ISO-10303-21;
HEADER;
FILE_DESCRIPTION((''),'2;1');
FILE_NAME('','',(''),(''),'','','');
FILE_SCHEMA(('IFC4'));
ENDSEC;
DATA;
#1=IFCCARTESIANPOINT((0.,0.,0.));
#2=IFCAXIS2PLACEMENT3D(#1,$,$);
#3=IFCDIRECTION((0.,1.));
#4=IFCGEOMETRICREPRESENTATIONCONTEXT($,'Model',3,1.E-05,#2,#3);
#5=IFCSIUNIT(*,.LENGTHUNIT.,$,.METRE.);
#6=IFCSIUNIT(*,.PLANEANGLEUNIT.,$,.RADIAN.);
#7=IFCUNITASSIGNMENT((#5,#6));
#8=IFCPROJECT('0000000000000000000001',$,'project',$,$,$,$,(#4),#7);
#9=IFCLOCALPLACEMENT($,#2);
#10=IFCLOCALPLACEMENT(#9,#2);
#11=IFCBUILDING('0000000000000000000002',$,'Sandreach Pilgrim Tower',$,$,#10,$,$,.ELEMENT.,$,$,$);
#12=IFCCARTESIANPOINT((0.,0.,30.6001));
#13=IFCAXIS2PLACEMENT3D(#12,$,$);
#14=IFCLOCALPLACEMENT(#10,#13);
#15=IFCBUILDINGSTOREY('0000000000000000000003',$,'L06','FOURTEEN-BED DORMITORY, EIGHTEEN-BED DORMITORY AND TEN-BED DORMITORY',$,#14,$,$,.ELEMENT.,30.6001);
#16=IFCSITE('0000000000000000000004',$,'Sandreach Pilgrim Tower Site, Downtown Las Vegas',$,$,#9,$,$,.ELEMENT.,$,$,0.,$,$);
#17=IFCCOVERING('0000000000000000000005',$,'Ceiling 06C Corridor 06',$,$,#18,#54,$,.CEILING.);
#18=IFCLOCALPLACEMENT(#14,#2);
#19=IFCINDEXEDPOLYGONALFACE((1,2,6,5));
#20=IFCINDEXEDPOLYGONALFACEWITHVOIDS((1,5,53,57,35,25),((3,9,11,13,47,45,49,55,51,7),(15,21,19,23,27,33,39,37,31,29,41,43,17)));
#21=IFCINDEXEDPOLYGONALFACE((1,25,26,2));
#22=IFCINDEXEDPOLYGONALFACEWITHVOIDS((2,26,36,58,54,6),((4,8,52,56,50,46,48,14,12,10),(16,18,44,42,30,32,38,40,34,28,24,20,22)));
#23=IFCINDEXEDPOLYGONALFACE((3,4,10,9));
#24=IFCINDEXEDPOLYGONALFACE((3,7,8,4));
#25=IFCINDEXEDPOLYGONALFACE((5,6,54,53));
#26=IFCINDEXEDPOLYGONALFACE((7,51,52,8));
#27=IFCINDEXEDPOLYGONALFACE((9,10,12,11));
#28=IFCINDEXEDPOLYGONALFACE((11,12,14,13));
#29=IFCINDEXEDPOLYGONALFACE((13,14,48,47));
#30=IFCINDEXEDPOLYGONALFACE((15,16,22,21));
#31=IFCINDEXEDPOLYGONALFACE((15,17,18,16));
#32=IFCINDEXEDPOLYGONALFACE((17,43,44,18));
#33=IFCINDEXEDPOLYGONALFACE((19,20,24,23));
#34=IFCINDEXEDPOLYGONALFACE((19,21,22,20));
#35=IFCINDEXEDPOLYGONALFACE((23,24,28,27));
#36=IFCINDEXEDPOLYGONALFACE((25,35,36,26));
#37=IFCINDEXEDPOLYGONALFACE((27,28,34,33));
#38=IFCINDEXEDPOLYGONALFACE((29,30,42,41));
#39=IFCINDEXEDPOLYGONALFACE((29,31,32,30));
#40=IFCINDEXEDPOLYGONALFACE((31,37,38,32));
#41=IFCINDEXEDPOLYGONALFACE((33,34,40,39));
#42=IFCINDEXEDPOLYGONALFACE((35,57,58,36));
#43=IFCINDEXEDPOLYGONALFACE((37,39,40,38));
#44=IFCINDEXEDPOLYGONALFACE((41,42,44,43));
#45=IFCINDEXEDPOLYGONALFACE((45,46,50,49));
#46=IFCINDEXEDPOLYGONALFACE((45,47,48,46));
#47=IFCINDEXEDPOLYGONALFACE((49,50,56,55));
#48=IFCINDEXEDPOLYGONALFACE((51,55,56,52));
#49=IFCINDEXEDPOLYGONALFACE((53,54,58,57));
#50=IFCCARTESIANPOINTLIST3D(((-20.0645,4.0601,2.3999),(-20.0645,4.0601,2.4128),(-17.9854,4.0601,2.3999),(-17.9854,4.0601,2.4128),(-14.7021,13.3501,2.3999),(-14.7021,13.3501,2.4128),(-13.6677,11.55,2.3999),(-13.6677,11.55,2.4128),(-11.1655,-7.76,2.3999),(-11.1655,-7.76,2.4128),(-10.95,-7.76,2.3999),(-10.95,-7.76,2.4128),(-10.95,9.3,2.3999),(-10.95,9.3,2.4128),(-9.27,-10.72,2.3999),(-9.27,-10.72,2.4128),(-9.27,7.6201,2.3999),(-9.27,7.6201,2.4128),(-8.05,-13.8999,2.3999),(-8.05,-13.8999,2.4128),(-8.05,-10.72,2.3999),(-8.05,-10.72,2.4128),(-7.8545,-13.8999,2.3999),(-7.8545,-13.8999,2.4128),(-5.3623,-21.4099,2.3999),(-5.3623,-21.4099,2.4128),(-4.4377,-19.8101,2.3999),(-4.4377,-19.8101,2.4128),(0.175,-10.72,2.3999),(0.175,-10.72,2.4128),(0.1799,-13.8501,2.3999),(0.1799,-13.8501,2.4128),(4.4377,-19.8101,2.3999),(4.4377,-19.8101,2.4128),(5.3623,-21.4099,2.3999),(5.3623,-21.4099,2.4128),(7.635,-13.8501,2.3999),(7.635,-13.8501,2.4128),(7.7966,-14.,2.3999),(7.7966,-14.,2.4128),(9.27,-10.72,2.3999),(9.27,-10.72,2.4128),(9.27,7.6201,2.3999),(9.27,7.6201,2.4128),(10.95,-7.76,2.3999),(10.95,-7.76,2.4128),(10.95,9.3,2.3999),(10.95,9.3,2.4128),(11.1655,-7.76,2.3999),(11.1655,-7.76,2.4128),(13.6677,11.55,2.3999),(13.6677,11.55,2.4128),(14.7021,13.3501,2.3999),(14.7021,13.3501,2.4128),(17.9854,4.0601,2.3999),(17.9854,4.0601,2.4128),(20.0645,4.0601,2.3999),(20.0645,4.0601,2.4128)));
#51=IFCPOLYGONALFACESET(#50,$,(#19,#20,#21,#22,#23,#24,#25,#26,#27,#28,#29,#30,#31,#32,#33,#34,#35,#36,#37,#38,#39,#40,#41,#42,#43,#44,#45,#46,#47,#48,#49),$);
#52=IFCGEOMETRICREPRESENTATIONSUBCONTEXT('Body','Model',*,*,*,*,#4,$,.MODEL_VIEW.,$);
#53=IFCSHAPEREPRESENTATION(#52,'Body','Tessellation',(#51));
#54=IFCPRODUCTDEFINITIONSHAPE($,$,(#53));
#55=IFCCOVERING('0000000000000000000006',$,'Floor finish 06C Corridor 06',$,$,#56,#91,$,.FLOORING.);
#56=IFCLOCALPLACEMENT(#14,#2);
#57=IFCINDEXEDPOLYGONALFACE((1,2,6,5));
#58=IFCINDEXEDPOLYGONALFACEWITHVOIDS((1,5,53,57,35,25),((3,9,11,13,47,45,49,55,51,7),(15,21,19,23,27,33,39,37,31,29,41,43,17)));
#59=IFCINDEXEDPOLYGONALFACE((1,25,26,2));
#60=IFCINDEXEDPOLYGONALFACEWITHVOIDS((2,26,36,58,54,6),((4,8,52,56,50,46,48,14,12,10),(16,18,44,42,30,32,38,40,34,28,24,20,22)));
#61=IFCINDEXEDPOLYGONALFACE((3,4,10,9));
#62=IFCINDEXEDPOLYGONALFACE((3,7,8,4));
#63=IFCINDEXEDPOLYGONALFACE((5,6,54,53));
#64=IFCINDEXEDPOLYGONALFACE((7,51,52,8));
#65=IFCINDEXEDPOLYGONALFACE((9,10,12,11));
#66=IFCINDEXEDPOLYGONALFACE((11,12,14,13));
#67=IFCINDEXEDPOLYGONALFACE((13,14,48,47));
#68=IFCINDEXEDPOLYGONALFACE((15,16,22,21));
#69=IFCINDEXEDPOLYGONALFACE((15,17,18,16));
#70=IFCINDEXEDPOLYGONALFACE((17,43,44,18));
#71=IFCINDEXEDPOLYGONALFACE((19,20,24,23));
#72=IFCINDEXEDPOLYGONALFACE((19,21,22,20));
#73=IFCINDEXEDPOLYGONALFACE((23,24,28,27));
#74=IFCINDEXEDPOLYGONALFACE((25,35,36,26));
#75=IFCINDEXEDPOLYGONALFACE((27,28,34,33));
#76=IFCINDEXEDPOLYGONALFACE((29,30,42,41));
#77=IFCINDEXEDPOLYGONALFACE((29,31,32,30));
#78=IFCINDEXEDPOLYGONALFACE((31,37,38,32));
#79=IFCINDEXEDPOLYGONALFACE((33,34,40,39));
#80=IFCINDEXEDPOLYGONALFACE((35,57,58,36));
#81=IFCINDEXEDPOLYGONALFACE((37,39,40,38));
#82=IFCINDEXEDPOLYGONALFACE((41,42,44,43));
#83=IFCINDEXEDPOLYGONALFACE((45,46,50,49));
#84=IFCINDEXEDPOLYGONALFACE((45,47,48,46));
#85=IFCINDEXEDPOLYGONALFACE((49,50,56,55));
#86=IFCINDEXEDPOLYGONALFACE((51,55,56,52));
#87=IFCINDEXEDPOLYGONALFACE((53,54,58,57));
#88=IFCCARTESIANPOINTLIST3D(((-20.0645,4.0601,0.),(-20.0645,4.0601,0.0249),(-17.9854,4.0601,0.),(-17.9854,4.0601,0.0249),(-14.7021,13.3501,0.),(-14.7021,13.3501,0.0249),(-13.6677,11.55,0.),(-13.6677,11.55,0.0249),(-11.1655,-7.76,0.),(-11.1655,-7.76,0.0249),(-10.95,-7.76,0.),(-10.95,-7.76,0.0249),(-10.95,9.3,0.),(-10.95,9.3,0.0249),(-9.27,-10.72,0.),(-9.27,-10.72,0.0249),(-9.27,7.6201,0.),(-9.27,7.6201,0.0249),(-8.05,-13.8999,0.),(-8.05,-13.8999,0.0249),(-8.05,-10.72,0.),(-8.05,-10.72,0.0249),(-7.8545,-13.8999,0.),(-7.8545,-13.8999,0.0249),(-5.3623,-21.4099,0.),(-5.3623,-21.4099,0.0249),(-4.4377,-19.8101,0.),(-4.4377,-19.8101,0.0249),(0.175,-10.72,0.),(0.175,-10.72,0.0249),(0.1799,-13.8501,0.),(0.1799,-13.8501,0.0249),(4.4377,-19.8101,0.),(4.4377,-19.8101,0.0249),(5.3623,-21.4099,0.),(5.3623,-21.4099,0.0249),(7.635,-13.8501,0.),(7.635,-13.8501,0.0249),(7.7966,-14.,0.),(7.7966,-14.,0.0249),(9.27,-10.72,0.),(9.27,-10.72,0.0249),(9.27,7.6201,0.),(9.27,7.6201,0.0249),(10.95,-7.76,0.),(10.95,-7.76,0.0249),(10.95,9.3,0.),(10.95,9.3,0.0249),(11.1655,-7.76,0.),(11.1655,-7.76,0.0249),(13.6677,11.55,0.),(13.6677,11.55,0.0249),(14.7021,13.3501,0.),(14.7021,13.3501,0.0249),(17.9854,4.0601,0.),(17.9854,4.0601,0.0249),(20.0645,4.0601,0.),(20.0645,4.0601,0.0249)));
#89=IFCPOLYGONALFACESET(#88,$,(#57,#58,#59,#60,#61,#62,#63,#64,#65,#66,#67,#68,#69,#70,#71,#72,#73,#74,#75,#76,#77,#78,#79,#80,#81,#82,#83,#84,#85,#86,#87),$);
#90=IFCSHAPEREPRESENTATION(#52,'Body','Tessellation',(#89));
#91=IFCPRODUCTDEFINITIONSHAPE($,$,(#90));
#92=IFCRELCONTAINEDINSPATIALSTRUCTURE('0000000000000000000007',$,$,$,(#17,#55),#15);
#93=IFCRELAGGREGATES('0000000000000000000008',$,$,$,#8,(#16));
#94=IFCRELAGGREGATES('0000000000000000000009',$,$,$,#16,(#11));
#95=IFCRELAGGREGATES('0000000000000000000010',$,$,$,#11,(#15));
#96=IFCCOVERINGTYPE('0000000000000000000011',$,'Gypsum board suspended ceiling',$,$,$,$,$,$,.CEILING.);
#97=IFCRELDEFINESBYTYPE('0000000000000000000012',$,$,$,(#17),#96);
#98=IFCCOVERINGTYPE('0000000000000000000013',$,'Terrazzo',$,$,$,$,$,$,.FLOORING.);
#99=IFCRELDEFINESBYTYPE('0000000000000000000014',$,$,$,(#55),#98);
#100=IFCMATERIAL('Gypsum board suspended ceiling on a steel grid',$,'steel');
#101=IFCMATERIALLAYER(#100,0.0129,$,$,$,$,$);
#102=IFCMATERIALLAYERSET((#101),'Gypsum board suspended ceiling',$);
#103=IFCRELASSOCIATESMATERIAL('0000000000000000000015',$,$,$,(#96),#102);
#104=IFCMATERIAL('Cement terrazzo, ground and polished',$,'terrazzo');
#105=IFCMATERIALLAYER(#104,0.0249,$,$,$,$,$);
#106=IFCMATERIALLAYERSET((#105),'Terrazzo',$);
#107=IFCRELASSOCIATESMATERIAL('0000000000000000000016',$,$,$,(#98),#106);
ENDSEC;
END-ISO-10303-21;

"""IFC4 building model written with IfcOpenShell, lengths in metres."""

from ifc_helpers import new_model, si_unit, direction, frame, origin, place, context, subcontext, project, spatial, polyline, outline, extrude, material, layer, layer_set, type_object, element, save


model = new_model("IFC4")

# Units and contexts
model_context = context("Model", 3, precision=1e-05, world=origin(), true_north=direction((0.0, 1.0)))
body_context = subcontext(model_context, "Body", "Model", "MODEL_VIEW")
ifc_project = project(units=[si_unit("LENGTHUNIT", "METRE"), si_unit("PLANEANGLEUNIT", "RADIAN")], contexts=[model_context])

# Site, building, storey
site_placement = place(None, origin())
site = spatial("IfcSite", under=ifc_project, at=site_placement, Name="Sandreach Pilgrim Tower Site, Downtown Las Vegas", CompositionType="ELEMENT", RefElevation=0.0)
building_placement = place(site_placement, origin())
building = spatial("IfcBuilding", under=site, at=building_placement, Name="Sandreach Pilgrim Tower", CompositionType="ELEMENT")
storey_placement = place(building_placement, frame((0.0, 0.0, 30.6001)))
storey = spatial("IfcBuildingStorey", under=building, at=storey_placement, Name="L06", Description="FOURTEEN-BED DORMITORY, EIGHTEEN-BED DORMITORY AND TEN-BED DORMITORY", CompositionType="ELEMENT", Elevation=30.6001)

# Coverings
ifc_material_1 = material(Name="Gypsum board suspended ceiling on a steel grid", Category="steel")
ifc_layer_1 = layer(ifc_material_1, 0.0129)
ifc_layer_set_1 = layer_set([ifc_layer_1], Name="Gypsum board suspended ceiling")
covering_type_1 = type_object("IfcCoveringType", Name="Gypsum board suspended ceiling", PredefinedType="CEILING", material=ifc_layer_set_1)
covering_1_placement = place(storey_placement, frame((0.0, 0.0, 2.3999)))
element("IfcCovering", 1, at=covering_1_placement, inside=storey, type_object=covering_type_1, Name="Ceiling 06C Corridor 06", PredefinedType="CEILING", context=body_context, shape_type="SweptSolid", body=[
    extrude(outline(polyline([(-5.3623, -21.4099), (-20.0645, 4.0601), (-14.7021, 13.3501), (14.7021, 13.3501), (20.0645, 4.0601), (5.3623, -21.4099), (-5.3623, -21.4099)]), holes=[polyline([(-11.1655, -7.76), (-10.95, -7.76), (-10.95, 9.3), (10.95, 9.3), (10.95, -7.76), (11.1655, -7.76), (17.9854, 4.0601), (13.6677, 11.55), (-13.6677, 11.55), (-17.9854, 4.0601), (-11.1655, -7.76)]), polyline([(-8.05, -10.72), (-8.05, -13.8999), (-7.8545, -13.8999), (-4.4377, -19.8101), (4.4377, -19.8101), (7.7966, -14.0), (7.635, -13.8501), (0.1799, -13.8501), (0.175, -10.72), (9.27, -10.72), (9.27, 7.6201), (-9.27, 7.6201), (-9.27, -10.72), (-8.05, -10.72)])]), origin(), (0.0, 0.0, 1.0), 0.0129),
])
ifc_material_2 = material(Name="Cement terrazzo, ground and polished", Category="terrazzo")
ifc_layer_2 = layer(ifc_material_2, 0.0249)
ifc_layer_set_2 = layer_set([ifc_layer_2], Name="Terrazzo")
covering_type_2 = type_object("IfcCoveringType", Name="Terrazzo", PredefinedType="FLOORING", material=ifc_layer_set_2)
covering_2_placement = place(storey_placement, origin())
element("IfcCovering", 2, at=covering_2_placement, inside=storey, type_object=covering_type_2, Name="Floor finish 06C Corridor 06", PredefinedType="FLOORING", context=body_context, shape_type="SweptSolid", body=[
    extrude(outline(polyline([(-5.3623, -21.4099), (-20.0645, 4.0601), (-14.7021, 13.3501), (14.7021, 13.3501), (20.0645, 4.0601), (5.3623, -21.4099), (-5.3623, -21.4099)]), holes=[polyline([(-11.1655, -7.76), (-10.95, -7.76), (-10.95, 9.3), (10.95, 9.3), (10.95, -7.76), (11.1655, -7.76), (17.9854, 4.0601), (13.6677, 11.55), (-13.6677, 11.55), (-17.9854, 4.0601), (-11.1655, -7.76)]), polyline([(-8.05, -10.72), (-8.05, -13.8999), (-7.8545, -13.8999), (-4.4377, -19.8101), (4.4377, -19.8101), (7.7966, -14.0), (7.635, -13.8501), (0.1799, -13.8501), (0.175, -10.72), (9.27, -10.72), (9.27, 7.6201), (-9.27, 7.6201), (-9.27, -10.72), (-8.05, -10.72)])]), origin(), (0.0, 0.0, 1.0), 0.0249),
])

save(model, "model.ifc")
